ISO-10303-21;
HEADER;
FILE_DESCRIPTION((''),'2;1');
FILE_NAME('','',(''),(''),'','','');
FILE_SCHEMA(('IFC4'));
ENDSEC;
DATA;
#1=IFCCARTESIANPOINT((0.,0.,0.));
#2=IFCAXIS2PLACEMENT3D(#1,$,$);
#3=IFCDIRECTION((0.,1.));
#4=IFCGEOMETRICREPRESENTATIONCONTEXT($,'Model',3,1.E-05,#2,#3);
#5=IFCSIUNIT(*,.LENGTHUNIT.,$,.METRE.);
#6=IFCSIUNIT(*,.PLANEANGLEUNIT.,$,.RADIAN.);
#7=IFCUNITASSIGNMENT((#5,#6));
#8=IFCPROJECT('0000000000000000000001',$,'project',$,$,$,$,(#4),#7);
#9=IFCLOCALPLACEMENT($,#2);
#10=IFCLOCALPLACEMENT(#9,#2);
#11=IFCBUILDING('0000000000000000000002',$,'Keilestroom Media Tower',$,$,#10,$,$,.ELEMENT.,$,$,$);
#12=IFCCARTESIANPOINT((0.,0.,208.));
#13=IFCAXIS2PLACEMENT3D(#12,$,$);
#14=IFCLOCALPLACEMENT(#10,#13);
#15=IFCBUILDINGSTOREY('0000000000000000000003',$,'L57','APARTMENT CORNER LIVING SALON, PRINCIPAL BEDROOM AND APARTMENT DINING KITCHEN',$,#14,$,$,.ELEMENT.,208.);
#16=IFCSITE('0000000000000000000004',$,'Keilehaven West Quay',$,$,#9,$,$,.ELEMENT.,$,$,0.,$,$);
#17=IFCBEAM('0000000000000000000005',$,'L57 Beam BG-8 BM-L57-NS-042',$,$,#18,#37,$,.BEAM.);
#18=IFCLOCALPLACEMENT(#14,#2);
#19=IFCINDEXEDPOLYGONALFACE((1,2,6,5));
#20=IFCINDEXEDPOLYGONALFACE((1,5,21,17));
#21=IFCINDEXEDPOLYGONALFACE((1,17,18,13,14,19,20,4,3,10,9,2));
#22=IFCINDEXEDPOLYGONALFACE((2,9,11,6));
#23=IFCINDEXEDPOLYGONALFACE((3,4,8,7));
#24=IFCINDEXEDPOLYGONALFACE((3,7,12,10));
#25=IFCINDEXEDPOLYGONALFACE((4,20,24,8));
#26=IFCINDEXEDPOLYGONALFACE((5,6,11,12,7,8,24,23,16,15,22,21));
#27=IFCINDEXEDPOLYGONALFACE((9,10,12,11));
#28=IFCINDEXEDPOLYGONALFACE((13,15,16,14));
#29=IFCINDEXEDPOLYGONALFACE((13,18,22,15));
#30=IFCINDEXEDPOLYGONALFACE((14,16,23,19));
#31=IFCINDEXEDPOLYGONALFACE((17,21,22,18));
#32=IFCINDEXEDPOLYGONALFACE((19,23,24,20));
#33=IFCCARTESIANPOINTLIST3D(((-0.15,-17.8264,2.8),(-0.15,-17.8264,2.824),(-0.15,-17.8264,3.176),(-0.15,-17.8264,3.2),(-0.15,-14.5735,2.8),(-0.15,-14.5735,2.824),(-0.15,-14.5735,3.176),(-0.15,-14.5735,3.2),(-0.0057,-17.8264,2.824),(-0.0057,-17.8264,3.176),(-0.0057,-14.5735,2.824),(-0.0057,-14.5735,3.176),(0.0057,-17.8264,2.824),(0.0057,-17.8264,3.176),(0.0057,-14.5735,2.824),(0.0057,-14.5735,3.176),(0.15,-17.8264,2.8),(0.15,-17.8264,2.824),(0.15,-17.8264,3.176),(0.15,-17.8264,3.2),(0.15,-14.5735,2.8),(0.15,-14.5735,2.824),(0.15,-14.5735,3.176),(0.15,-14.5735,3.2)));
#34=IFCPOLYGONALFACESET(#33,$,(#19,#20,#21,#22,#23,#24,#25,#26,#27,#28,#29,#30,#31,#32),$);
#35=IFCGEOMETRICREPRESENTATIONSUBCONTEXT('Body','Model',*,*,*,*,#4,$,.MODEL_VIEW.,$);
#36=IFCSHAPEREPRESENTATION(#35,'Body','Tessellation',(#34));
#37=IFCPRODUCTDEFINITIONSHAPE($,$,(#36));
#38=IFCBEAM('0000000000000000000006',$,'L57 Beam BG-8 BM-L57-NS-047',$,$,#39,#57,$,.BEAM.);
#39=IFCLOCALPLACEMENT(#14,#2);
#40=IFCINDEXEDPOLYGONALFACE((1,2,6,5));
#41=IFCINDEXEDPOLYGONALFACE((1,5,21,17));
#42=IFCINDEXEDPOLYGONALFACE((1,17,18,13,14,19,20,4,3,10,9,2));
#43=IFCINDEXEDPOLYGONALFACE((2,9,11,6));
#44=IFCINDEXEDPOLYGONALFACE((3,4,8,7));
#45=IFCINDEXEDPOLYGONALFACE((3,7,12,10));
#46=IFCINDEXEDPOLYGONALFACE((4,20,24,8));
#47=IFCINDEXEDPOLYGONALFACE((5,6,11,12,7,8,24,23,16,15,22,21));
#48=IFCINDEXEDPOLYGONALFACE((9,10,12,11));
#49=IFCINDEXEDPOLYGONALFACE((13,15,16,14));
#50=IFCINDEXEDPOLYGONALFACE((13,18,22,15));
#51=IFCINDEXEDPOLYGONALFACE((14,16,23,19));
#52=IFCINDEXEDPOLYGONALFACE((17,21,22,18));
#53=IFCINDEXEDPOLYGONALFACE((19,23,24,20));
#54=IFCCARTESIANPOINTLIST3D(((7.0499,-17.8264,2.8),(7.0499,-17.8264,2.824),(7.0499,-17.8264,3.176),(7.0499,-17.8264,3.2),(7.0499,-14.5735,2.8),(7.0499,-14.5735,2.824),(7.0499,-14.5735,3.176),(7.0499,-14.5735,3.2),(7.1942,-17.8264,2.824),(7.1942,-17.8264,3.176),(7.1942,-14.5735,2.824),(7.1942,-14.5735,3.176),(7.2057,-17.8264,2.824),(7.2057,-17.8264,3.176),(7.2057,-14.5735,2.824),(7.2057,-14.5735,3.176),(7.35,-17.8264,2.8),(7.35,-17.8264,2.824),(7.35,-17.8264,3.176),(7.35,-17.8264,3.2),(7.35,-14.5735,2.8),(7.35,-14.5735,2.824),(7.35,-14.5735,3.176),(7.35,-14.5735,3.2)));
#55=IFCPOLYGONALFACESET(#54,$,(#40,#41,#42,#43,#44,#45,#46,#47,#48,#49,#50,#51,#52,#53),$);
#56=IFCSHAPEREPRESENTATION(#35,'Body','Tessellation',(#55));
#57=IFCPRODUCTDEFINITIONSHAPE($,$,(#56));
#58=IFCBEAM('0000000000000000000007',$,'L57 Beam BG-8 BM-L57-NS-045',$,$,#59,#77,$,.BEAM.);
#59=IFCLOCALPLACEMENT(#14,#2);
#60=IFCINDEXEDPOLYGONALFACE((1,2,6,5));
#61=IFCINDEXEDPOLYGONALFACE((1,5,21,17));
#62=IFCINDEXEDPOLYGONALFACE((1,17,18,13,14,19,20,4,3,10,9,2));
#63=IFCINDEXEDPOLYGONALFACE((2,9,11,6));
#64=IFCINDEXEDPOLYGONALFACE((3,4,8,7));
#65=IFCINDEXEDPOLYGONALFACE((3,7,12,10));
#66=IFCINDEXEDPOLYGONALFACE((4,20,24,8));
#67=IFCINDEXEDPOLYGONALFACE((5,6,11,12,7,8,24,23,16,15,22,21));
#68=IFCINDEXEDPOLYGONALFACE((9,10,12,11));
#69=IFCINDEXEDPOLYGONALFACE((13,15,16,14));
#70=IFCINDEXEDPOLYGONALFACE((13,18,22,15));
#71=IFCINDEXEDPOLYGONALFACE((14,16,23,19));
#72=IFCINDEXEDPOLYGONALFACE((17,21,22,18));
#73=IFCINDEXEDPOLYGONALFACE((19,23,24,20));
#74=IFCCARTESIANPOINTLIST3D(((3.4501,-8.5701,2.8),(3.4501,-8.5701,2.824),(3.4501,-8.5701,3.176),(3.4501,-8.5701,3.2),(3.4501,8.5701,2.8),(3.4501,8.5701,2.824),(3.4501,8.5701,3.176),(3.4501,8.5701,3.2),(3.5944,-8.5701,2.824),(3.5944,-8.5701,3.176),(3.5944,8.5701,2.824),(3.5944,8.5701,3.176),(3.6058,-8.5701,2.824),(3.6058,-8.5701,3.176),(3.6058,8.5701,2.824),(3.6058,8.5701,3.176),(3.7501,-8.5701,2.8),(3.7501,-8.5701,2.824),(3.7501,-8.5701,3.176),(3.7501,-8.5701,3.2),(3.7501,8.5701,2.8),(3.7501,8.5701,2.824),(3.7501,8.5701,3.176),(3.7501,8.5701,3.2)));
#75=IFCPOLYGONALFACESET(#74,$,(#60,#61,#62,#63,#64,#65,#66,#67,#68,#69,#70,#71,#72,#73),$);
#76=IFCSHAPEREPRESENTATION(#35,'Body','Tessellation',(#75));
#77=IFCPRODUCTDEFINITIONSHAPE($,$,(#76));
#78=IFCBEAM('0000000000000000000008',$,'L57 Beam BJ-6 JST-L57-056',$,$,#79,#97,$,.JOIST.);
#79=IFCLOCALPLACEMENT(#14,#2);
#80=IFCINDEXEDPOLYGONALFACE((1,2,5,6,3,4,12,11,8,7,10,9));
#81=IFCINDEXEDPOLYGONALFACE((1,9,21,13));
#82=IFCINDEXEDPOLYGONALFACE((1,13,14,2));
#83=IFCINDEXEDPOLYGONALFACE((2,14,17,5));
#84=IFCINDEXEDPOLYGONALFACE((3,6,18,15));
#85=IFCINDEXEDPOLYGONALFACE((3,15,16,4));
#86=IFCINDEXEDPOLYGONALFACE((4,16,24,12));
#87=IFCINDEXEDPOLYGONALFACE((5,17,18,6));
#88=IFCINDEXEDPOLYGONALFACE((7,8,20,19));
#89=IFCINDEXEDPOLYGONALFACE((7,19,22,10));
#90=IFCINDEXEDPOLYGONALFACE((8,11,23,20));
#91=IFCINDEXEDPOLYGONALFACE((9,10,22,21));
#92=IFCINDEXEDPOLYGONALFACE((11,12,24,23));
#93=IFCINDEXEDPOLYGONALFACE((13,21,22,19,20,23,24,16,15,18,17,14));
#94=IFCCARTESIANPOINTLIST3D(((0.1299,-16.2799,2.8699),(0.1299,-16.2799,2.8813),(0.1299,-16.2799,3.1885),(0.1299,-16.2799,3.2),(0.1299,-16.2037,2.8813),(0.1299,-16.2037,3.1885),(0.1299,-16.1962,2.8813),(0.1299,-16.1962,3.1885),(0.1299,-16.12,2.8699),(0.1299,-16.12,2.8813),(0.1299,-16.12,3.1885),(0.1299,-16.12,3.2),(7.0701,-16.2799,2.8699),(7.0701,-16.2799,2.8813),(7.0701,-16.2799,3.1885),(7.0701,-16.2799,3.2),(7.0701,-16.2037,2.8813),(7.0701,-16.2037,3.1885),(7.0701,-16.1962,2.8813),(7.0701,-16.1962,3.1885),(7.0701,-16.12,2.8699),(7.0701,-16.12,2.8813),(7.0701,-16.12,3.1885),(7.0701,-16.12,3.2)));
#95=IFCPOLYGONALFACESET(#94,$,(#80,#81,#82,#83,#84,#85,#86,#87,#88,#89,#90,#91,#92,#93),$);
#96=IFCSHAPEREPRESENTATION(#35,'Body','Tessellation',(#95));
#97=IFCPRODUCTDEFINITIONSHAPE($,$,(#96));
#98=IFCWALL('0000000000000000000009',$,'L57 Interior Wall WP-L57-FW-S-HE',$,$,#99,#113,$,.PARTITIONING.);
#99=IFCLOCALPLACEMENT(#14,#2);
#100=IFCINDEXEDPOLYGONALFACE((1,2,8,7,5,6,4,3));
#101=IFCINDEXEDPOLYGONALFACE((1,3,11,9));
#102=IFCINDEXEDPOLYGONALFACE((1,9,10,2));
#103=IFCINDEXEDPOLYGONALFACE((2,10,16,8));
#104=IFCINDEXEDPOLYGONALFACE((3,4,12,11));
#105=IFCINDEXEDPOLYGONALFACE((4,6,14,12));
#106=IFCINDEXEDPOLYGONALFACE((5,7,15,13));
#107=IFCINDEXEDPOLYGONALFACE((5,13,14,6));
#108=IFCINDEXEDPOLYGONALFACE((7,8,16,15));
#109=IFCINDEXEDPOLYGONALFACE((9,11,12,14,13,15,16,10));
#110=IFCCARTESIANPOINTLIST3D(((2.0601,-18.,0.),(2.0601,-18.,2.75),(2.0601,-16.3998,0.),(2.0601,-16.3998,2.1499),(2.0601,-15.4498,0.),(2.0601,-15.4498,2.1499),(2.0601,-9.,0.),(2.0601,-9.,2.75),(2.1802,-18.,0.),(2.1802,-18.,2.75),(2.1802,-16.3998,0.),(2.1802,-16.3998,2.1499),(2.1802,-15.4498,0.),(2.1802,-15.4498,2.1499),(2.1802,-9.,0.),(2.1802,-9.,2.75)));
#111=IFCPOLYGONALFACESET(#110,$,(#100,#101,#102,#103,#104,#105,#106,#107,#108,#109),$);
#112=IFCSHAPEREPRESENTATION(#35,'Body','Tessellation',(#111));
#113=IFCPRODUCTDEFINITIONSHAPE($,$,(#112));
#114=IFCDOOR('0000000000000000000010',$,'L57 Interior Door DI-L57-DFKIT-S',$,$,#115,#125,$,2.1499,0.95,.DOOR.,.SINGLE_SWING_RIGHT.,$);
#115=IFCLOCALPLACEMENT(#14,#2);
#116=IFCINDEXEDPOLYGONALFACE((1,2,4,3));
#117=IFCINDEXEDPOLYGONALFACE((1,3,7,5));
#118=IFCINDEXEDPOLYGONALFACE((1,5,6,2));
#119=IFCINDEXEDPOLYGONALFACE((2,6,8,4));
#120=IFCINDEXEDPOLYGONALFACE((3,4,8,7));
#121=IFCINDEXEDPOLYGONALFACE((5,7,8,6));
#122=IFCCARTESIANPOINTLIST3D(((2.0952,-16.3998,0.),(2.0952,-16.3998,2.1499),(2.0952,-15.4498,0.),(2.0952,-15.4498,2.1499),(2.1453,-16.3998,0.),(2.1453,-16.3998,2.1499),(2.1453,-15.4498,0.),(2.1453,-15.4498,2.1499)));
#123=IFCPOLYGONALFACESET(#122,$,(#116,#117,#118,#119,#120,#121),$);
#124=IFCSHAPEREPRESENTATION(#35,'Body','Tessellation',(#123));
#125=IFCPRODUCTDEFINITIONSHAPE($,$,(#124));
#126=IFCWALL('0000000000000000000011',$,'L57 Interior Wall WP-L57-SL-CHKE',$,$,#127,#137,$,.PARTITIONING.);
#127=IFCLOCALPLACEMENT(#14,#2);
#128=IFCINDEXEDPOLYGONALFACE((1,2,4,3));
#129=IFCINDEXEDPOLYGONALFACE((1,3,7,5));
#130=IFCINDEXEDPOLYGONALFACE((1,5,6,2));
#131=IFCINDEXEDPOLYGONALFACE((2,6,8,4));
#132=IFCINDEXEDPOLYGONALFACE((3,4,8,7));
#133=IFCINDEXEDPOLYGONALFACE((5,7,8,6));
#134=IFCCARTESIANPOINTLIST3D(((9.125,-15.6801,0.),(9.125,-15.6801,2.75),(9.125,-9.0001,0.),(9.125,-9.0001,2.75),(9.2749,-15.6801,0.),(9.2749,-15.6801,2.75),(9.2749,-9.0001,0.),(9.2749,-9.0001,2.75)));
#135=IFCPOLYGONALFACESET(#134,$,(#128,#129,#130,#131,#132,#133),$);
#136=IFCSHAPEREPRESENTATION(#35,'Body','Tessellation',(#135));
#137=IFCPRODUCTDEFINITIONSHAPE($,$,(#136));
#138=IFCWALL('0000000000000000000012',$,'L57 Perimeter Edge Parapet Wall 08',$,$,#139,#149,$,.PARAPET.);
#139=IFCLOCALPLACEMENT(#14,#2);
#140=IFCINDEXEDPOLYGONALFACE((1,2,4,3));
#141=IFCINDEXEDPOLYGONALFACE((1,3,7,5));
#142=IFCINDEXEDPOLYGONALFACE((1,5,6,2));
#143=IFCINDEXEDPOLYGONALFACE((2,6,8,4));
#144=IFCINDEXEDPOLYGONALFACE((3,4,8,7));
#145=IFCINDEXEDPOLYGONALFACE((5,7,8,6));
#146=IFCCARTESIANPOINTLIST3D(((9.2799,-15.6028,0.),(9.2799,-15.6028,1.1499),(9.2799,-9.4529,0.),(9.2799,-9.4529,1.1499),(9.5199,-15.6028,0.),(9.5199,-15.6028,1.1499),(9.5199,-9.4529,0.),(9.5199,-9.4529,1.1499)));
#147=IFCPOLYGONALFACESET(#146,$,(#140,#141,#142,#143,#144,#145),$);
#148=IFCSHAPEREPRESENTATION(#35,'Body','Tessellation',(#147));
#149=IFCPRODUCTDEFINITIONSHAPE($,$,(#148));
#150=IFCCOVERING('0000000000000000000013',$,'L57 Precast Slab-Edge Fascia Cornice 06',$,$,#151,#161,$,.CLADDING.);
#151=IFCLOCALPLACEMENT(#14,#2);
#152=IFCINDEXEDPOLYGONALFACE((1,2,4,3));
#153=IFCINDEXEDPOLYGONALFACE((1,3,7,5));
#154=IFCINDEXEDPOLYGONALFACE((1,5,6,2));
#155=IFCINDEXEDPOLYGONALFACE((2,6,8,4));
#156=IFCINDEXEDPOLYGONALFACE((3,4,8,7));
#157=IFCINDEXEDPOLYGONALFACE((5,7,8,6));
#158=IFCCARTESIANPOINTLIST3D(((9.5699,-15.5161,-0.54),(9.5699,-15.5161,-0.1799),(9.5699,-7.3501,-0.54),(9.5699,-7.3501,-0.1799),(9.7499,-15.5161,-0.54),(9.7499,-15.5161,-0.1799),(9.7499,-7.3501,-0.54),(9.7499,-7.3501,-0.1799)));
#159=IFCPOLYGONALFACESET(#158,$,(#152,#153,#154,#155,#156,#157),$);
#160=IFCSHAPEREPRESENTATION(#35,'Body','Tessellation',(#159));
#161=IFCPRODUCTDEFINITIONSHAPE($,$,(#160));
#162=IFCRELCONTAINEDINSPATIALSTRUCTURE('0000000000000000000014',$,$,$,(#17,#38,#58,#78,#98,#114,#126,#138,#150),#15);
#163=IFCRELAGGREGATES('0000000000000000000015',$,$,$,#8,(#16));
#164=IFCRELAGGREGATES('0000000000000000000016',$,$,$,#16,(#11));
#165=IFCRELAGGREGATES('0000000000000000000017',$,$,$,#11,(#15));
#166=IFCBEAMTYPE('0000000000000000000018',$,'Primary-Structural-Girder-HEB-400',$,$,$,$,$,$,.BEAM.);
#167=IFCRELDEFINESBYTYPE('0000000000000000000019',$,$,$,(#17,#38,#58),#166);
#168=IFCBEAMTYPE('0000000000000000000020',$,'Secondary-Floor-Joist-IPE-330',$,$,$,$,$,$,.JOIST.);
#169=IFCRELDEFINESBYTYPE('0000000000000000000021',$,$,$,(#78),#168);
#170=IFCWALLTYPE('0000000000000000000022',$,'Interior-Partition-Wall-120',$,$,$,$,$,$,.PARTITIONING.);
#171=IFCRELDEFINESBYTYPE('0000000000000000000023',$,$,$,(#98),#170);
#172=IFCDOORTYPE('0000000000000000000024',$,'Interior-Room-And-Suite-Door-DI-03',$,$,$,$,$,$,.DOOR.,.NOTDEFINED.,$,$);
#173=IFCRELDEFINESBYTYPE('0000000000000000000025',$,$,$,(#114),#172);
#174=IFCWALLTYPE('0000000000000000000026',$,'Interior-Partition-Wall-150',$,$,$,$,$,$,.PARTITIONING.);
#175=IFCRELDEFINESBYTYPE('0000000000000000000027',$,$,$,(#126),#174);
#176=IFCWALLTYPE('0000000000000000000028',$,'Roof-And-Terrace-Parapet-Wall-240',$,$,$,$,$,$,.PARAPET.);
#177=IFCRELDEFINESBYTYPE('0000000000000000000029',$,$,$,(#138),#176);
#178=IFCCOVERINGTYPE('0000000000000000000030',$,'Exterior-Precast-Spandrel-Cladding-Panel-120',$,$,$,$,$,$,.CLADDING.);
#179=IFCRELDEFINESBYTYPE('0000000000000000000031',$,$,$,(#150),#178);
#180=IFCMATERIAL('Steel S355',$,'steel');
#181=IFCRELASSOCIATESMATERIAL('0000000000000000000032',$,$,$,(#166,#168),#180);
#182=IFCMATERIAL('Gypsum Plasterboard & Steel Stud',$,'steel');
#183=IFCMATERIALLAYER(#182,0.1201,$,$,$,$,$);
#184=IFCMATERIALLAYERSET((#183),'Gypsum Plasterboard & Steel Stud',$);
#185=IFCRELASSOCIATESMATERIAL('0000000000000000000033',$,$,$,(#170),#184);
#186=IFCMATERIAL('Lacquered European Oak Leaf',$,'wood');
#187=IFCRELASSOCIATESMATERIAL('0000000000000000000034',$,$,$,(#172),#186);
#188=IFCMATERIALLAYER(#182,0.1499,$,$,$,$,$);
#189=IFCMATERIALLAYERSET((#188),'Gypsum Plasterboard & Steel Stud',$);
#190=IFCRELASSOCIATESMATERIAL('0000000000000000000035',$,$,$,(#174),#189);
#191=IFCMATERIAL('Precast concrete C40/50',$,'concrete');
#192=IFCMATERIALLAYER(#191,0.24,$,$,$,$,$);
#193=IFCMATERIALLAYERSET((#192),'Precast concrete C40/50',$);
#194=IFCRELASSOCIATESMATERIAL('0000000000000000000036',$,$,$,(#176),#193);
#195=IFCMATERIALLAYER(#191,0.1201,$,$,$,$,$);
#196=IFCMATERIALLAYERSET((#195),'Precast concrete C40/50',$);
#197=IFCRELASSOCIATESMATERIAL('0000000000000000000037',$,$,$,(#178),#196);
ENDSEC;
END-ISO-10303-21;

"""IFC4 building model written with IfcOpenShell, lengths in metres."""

from ifc_helpers import new_model, si_unit, direction, frame, frame_2d, origin, origin_2d, place, context, subcontext, project, spatial, rectangle, i_section, extrude, source, transform, mapped, material, layer, layer_set, material_profile, profile_set, type_object, element, fill, save


model = new_model("IFC4")

# Units and contexts
model_context = context("Model", 3, precision=1e-05, world=origin(), true_north=direction((0.0, 1.0)))
body_context = subcontext(model_context, "Body", "Model", "MODEL_VIEW")
ifc_project = project(units=[si_unit("LENGTHUNIT", "METRE"), si_unit("PLANEANGLEUNIT", "RADIAN")], contexts=[model_context])

# Site, building, storey
site_placement = place(None, origin())
site = spatial("IfcSite", under=ifc_project, at=site_placement, Name="Keilehaven West Quay", CompositionType="ELEMENT", RefElevation=0.0)
building_placement = place(site_placement, origin())
building = spatial("IfcBuilding", under=site, at=building_placement, Name="Keilestroom Media Tower", CompositionType="ELEMENT")
storey_placement = place(building_placement, frame((0.0, 0.0, 208.0)))
storey = spatial("IfcBuildingStorey", under=building, at=storey_placement, Name="L57", Description="APARTMENT CORNER LIVING SALON, PRINCIPAL BEDROOM AND APARTMENT DINING KITCHEN", CompositionType="ELEMENT", Elevation=208.0)

# Shared definitions
ifc_material_1 = material(Name="Steel S355", Category="steel")

# Beams
ifc_material_profile_1 = material_profile(ifc_material_1, i_section(OverallWidth=0.3, OverallDepth=0.3999, WebThickness=0.0115, FlangeThickness=0.0239, at=origin_2d()), Name="HEB 400")
ifc_profile_set_1 = profile_set([ifc_material_profile_1], Name="Steel S355")
beam_type_1 = type_object("IfcBeamType", Name="Primary-Structural-Girder-HEB-400", PredefinedType="BEAM", material=ifc_profile_set_1)
shared_shape_1 = source(origin(), body_context, "Body", "SweptSolid", [
    extrude(i_section(OverallWidth=0.3, OverallDepth=0.3999, WebThickness=0.0115, FlangeThickness=0.0239, at=origin_2d()), origin(), (0.0, 0.0, 1.0), 3.2529),
])
for number, where, z_axis, x_axis, name in (
    (1, (0.0, -17.8264, 3.0), (0.0, 1.0, 0.0), (-1.0, 0.0, 0.0), "L57 Beam BG-8 BM-L57-NS-042"),
    (2, (7.2, -17.8264, 3.0), (0.0, 1.0, 0.0), (-1.0, 0.0, 0.0), "L57 Beam BG-8 BM-L57-NS-047"),
):
    element("IfcBeam", number, at=place(storey_placement, frame(where, z_axis=z_axis, x_axis=x_axis)), inside=storey, type_object=beam_type_1, Name=name, PredefinedType="BEAM", context=body_context, shape_type="MappedRepresentation", body=[
        mapped(shared_shape_1, transform((0.0, 0.0, 0.0), x_axis=(1.0, 0.0, 0.0), y_axis=(0.0, 1.0, 0.0), z_axis=(0.0, 0.0, 1.0), scale=1.0)),
    ])
shared_shape_2 = source(origin(), body_context, "Body", "SweptSolid", [
    extrude(i_section(OverallWidth=0.3, OverallDepth=0.3999, WebThickness=0.0115, FlangeThickness=0.0239, at=origin_2d()), origin(), (0.0, 0.0, 1.0), 17.1401),
])
beam_1_placement = place(storey_placement, frame((3.6001, -8.5701, 3.0), z_axis=(0.0, 1.0, 0.0), x_axis=(-1.0, 0.0, 0.0)))
element("IfcBeam", 3, at=beam_1_placement, inside=storey, type_object=beam_type_1, Name="L57 Beam BG-8 BM-L57-NS-045", PredefinedType="BEAM", context=body_context, shape_type="MappedRepresentation", body=[
    mapped(shared_shape_2, transform((0.0, 0.0, 0.0), x_axis=(1.0, 0.0, 0.0), y_axis=(0.0, 1.0, 0.0), z_axis=(0.0, 0.0, 1.0), scale=1.0)),
])
ifc_material_profile_2 = material_profile(ifc_material_1, i_section(OverallWidth=0.1599, OverallDepth=0.3301, WebThickness=0.0076, FlangeThickness=0.0115, at=origin_2d()), Name="IPE 330")
ifc_profile_set_2 = profile_set([ifc_material_profile_2], Name="Steel S355")
beam_type_2 = type_object("IfcBeamType", Name="Secondary-Floor-Joist-IPE-330", PredefinedType="JOIST", material=ifc_profile_set_2)
shared_shape_3 = source(origin(), body_context, "Body", "SweptSolid", [
    extrude(i_section(OverallWidth=0.1599, OverallDepth=0.3301, WebThickness=0.0076, FlangeThickness=0.0115, at=origin_2d()), origin(), (0.0, 0.0, 1.0), 6.9402),
])
beam_2_placement = place(storey_placement, frame((0.1299, -16.2, 3.0349), z_axis=(1.0, 0.0, 0.0), x_axis=(0.0, 1.0, 0.0)))
element("IfcBeam", 4, at=beam_2_placement, inside=storey, type_object=beam_type_2, Name="L57 Beam BJ-6 JST-L57-056", PredefinedType="JOIST", context=body_context, shape_type="MappedRepresentation", body=[
    mapped(shared_shape_3, transform((0.0, 0.0, 0.0), x_axis=(1.0, 0.0, 0.0), y_axis=(0.0, 1.0, 0.0), z_axis=(0.0, 0.0, 1.0), scale=1.0)),
])

# Wall, opening, door
ifc_material_2 = material(Name="Gypsum Plasterboard & Steel Stud", Category="steel")
ifc_layer_1 = layer(ifc_material_2, 0.1201)
ifc_layer_set_1 = layer_set([ifc_layer_1], Name="Gypsum Plasterboard & Steel Stud")
wall_type_1 = type_object("IfcWallType", Name="Interior-Partition-Wall-120", PredefinedType="PARTITIONING", material=ifc_layer_set_1)
wall_1_placement = place(storey_placement, frame((2.1201, -18.0, 0.0), z_axis=(0.0, 0.0, 1.0), x_axis=(0.0, 1.0, 0.0)))
wall_1 = element("IfcWall", 5, at=wall_1_placement, inside=storey, type_object=wall_type_1, Name="L57 Interior Wall WP-L57-FW-S-HE", PredefinedType="PARTITIONING", context=body_context, shape_type="SweptSolid", body=[
    extrude(rectangle(XDim=9.0, YDim=0.1201, at=frame_2d((4.5, 0.0))), origin(), (0.0, 0.0, 1.0), 2.75),
])
opening_placement = place(wall_1_placement, frame((1.6001, 0.0, 0.0)))
opening = element("IfcOpeningElement", 6, at=opening_placement, cuts=wall_1, PredefinedType="OPENING", context=body_context, shape_type="SweptSolid", body=[
    extrude(rectangle(XDim=0.95, YDim=2.1499, at=frame_2d((0.4751, 1.075))), frame((0.0, 0.0701, 0.0), z_axis=(0.0, -1.0, 0.0), x_axis=(1.0, 0.0, 0.0)), (0.0, 0.0, 1.0), 0.1401),
])
ifc_material_3 = material(Name="Lacquered European Oak Leaf", Category="wood")
door_type = type_object("IfcDoorType", Name="Interior-Room-And-Suite-Door-DI-03", OperationType="NOTDEFINED", PredefinedType="DOOR", material=ifc_material_3)
shared_shape_4 = source(origin(), body_context, "Body", "SweptSolid", [
    extrude(rectangle(XDim=0.95, YDim=2.1499, at=frame_2d((0.4751, 1.075))), frame((0.0, 0.0249, 0.0), z_axis=(0.0, -1.0, 0.0), x_axis=(1.0, 0.0, 0.0)), (0.0, 0.0, 1.0), 0.05),
])
door_placement = place(opening_placement, origin())
door = element("IfcDoor", 7, at=door_placement, inside=storey, type_object=door_type, Name="L57 Interior Door DI-L57-DFKIT-S", OperationType="SINGLE_SWING_RIGHT", OverallHeight=2.1499, OverallWidth=0.95, PredefinedType="DOOR", context=body_context, shape_type="MappedRepresentation", body=[
    mapped(shared_shape_4, transform((0.0, 0.0, 0.0), x_axis=(1.0, 0.0, 0.0), y_axis=(0.0, 1.0, 0.0), z_axis=(0.0, 0.0, 1.0), scale=1.0)),
])
fill(opening, door)

# Walls
ifc_layer_2 = layer(ifc_material_2, 0.1499)
ifc_layer_set_2 = layer_set([ifc_layer_2], Name="Gypsum Plasterboard & Steel Stud")
wall_type_2 = type_object("IfcWallType", Name="Interior-Partition-Wall-150", PredefinedType="PARTITIONING", material=ifc_layer_set_2)
wall_2_placement = place(storey_placement, frame((9.2, -15.6799, 0.0), z_axis=(0.0, 0.0, 1.0), x_axis=(0.0, 1.0, 0.0)))
element("IfcWall", 8, at=wall_2_placement, inside=storey, type_object=wall_type_2, Name="L57 Interior Wall WP-L57-SL-CHKE", PredefinedType="PARTITIONING", context=body_context, shape_type="SweptSolid", body=[
    extrude(rectangle(XDim=6.6799, YDim=0.1499, at=frame_2d((3.3398, 0.0))), origin(), (0.0, 0.0, 1.0), 2.75),
])
ifc_material_4 = material(Name="Precast concrete C40/50", Category="concrete")
ifc_layer_3 = layer(ifc_material_4, 0.24)
ifc_layer_set_3 = layer_set([ifc_layer_3], Name="Precast concrete C40/50")
wall_type_3 = type_object("IfcWallType", Name="Roof-And-Terrace-Parapet-Wall-240", PredefinedType="PARAPET", material=ifc_layer_set_3)
wall_3_placement = place(storey_placement, frame((9.3999, -9.4529, 0.0), z_axis=(0.0, 0.0, 1.0), x_axis=(0.0, -1.0, 0.0)))
element("IfcWall", 9, at=wall_3_placement, inside=storey, type_object=wall_type_3, Name="L57 Perimeter Edge Parapet Wall 08", PredefinedType="PARAPET", context=body_context, shape_type="SweptSolid", body=[
    extrude(rectangle(XDim=6.1499, YDim=0.24, at=frame_2d((3.075, 0.0))), origin(), (0.0, 0.0, 1.0), 1.1499),
])

# Covering
ifc_layer_4 = layer(ifc_material_4, 0.1201)
ifc_layer_set_4 = layer_set([ifc_layer_4], Name="Precast concrete C40/50")
covering_type = type_object("IfcCoveringType", Name="Exterior-Precast-Spandrel-Cladding-Panel-120", PredefinedType="CLADDING", material=ifc_layer_set_4)
shared_shape_5 = source(origin(), body_context, "Body", "SweptSolid", [
    extrude(rectangle(XDim=8.166, YDim=0.1799, at=origin_2d()), origin(), (0.0, 0.0, 1.0), 0.3601),
])
covering_1_placement = place(storey_placement, frame((9.6599, -11.4331, -0.54), z_axis=(0.0, 0.0, 1.0), x_axis=(0.0, -1.0, 0.0)))
element("IfcCovering", 10, at=covering_1_placement, inside=storey, type_object=covering_type, Name="L57 Precast Slab-Edge Fascia Cornice 06", PredefinedType="CLADDING", context=body_context, shape_type="MappedRepresentation", body=[
    mapped(shared_shape_5, transform((0.0, 0.0, 0.0), x_axis=(1.0, 0.0, 0.0), y_axis=(0.0, 1.0, 0.0), z_axis=(0.0, 0.0, 1.0), scale=1.0)),
])

save(model, "model.ifc")
